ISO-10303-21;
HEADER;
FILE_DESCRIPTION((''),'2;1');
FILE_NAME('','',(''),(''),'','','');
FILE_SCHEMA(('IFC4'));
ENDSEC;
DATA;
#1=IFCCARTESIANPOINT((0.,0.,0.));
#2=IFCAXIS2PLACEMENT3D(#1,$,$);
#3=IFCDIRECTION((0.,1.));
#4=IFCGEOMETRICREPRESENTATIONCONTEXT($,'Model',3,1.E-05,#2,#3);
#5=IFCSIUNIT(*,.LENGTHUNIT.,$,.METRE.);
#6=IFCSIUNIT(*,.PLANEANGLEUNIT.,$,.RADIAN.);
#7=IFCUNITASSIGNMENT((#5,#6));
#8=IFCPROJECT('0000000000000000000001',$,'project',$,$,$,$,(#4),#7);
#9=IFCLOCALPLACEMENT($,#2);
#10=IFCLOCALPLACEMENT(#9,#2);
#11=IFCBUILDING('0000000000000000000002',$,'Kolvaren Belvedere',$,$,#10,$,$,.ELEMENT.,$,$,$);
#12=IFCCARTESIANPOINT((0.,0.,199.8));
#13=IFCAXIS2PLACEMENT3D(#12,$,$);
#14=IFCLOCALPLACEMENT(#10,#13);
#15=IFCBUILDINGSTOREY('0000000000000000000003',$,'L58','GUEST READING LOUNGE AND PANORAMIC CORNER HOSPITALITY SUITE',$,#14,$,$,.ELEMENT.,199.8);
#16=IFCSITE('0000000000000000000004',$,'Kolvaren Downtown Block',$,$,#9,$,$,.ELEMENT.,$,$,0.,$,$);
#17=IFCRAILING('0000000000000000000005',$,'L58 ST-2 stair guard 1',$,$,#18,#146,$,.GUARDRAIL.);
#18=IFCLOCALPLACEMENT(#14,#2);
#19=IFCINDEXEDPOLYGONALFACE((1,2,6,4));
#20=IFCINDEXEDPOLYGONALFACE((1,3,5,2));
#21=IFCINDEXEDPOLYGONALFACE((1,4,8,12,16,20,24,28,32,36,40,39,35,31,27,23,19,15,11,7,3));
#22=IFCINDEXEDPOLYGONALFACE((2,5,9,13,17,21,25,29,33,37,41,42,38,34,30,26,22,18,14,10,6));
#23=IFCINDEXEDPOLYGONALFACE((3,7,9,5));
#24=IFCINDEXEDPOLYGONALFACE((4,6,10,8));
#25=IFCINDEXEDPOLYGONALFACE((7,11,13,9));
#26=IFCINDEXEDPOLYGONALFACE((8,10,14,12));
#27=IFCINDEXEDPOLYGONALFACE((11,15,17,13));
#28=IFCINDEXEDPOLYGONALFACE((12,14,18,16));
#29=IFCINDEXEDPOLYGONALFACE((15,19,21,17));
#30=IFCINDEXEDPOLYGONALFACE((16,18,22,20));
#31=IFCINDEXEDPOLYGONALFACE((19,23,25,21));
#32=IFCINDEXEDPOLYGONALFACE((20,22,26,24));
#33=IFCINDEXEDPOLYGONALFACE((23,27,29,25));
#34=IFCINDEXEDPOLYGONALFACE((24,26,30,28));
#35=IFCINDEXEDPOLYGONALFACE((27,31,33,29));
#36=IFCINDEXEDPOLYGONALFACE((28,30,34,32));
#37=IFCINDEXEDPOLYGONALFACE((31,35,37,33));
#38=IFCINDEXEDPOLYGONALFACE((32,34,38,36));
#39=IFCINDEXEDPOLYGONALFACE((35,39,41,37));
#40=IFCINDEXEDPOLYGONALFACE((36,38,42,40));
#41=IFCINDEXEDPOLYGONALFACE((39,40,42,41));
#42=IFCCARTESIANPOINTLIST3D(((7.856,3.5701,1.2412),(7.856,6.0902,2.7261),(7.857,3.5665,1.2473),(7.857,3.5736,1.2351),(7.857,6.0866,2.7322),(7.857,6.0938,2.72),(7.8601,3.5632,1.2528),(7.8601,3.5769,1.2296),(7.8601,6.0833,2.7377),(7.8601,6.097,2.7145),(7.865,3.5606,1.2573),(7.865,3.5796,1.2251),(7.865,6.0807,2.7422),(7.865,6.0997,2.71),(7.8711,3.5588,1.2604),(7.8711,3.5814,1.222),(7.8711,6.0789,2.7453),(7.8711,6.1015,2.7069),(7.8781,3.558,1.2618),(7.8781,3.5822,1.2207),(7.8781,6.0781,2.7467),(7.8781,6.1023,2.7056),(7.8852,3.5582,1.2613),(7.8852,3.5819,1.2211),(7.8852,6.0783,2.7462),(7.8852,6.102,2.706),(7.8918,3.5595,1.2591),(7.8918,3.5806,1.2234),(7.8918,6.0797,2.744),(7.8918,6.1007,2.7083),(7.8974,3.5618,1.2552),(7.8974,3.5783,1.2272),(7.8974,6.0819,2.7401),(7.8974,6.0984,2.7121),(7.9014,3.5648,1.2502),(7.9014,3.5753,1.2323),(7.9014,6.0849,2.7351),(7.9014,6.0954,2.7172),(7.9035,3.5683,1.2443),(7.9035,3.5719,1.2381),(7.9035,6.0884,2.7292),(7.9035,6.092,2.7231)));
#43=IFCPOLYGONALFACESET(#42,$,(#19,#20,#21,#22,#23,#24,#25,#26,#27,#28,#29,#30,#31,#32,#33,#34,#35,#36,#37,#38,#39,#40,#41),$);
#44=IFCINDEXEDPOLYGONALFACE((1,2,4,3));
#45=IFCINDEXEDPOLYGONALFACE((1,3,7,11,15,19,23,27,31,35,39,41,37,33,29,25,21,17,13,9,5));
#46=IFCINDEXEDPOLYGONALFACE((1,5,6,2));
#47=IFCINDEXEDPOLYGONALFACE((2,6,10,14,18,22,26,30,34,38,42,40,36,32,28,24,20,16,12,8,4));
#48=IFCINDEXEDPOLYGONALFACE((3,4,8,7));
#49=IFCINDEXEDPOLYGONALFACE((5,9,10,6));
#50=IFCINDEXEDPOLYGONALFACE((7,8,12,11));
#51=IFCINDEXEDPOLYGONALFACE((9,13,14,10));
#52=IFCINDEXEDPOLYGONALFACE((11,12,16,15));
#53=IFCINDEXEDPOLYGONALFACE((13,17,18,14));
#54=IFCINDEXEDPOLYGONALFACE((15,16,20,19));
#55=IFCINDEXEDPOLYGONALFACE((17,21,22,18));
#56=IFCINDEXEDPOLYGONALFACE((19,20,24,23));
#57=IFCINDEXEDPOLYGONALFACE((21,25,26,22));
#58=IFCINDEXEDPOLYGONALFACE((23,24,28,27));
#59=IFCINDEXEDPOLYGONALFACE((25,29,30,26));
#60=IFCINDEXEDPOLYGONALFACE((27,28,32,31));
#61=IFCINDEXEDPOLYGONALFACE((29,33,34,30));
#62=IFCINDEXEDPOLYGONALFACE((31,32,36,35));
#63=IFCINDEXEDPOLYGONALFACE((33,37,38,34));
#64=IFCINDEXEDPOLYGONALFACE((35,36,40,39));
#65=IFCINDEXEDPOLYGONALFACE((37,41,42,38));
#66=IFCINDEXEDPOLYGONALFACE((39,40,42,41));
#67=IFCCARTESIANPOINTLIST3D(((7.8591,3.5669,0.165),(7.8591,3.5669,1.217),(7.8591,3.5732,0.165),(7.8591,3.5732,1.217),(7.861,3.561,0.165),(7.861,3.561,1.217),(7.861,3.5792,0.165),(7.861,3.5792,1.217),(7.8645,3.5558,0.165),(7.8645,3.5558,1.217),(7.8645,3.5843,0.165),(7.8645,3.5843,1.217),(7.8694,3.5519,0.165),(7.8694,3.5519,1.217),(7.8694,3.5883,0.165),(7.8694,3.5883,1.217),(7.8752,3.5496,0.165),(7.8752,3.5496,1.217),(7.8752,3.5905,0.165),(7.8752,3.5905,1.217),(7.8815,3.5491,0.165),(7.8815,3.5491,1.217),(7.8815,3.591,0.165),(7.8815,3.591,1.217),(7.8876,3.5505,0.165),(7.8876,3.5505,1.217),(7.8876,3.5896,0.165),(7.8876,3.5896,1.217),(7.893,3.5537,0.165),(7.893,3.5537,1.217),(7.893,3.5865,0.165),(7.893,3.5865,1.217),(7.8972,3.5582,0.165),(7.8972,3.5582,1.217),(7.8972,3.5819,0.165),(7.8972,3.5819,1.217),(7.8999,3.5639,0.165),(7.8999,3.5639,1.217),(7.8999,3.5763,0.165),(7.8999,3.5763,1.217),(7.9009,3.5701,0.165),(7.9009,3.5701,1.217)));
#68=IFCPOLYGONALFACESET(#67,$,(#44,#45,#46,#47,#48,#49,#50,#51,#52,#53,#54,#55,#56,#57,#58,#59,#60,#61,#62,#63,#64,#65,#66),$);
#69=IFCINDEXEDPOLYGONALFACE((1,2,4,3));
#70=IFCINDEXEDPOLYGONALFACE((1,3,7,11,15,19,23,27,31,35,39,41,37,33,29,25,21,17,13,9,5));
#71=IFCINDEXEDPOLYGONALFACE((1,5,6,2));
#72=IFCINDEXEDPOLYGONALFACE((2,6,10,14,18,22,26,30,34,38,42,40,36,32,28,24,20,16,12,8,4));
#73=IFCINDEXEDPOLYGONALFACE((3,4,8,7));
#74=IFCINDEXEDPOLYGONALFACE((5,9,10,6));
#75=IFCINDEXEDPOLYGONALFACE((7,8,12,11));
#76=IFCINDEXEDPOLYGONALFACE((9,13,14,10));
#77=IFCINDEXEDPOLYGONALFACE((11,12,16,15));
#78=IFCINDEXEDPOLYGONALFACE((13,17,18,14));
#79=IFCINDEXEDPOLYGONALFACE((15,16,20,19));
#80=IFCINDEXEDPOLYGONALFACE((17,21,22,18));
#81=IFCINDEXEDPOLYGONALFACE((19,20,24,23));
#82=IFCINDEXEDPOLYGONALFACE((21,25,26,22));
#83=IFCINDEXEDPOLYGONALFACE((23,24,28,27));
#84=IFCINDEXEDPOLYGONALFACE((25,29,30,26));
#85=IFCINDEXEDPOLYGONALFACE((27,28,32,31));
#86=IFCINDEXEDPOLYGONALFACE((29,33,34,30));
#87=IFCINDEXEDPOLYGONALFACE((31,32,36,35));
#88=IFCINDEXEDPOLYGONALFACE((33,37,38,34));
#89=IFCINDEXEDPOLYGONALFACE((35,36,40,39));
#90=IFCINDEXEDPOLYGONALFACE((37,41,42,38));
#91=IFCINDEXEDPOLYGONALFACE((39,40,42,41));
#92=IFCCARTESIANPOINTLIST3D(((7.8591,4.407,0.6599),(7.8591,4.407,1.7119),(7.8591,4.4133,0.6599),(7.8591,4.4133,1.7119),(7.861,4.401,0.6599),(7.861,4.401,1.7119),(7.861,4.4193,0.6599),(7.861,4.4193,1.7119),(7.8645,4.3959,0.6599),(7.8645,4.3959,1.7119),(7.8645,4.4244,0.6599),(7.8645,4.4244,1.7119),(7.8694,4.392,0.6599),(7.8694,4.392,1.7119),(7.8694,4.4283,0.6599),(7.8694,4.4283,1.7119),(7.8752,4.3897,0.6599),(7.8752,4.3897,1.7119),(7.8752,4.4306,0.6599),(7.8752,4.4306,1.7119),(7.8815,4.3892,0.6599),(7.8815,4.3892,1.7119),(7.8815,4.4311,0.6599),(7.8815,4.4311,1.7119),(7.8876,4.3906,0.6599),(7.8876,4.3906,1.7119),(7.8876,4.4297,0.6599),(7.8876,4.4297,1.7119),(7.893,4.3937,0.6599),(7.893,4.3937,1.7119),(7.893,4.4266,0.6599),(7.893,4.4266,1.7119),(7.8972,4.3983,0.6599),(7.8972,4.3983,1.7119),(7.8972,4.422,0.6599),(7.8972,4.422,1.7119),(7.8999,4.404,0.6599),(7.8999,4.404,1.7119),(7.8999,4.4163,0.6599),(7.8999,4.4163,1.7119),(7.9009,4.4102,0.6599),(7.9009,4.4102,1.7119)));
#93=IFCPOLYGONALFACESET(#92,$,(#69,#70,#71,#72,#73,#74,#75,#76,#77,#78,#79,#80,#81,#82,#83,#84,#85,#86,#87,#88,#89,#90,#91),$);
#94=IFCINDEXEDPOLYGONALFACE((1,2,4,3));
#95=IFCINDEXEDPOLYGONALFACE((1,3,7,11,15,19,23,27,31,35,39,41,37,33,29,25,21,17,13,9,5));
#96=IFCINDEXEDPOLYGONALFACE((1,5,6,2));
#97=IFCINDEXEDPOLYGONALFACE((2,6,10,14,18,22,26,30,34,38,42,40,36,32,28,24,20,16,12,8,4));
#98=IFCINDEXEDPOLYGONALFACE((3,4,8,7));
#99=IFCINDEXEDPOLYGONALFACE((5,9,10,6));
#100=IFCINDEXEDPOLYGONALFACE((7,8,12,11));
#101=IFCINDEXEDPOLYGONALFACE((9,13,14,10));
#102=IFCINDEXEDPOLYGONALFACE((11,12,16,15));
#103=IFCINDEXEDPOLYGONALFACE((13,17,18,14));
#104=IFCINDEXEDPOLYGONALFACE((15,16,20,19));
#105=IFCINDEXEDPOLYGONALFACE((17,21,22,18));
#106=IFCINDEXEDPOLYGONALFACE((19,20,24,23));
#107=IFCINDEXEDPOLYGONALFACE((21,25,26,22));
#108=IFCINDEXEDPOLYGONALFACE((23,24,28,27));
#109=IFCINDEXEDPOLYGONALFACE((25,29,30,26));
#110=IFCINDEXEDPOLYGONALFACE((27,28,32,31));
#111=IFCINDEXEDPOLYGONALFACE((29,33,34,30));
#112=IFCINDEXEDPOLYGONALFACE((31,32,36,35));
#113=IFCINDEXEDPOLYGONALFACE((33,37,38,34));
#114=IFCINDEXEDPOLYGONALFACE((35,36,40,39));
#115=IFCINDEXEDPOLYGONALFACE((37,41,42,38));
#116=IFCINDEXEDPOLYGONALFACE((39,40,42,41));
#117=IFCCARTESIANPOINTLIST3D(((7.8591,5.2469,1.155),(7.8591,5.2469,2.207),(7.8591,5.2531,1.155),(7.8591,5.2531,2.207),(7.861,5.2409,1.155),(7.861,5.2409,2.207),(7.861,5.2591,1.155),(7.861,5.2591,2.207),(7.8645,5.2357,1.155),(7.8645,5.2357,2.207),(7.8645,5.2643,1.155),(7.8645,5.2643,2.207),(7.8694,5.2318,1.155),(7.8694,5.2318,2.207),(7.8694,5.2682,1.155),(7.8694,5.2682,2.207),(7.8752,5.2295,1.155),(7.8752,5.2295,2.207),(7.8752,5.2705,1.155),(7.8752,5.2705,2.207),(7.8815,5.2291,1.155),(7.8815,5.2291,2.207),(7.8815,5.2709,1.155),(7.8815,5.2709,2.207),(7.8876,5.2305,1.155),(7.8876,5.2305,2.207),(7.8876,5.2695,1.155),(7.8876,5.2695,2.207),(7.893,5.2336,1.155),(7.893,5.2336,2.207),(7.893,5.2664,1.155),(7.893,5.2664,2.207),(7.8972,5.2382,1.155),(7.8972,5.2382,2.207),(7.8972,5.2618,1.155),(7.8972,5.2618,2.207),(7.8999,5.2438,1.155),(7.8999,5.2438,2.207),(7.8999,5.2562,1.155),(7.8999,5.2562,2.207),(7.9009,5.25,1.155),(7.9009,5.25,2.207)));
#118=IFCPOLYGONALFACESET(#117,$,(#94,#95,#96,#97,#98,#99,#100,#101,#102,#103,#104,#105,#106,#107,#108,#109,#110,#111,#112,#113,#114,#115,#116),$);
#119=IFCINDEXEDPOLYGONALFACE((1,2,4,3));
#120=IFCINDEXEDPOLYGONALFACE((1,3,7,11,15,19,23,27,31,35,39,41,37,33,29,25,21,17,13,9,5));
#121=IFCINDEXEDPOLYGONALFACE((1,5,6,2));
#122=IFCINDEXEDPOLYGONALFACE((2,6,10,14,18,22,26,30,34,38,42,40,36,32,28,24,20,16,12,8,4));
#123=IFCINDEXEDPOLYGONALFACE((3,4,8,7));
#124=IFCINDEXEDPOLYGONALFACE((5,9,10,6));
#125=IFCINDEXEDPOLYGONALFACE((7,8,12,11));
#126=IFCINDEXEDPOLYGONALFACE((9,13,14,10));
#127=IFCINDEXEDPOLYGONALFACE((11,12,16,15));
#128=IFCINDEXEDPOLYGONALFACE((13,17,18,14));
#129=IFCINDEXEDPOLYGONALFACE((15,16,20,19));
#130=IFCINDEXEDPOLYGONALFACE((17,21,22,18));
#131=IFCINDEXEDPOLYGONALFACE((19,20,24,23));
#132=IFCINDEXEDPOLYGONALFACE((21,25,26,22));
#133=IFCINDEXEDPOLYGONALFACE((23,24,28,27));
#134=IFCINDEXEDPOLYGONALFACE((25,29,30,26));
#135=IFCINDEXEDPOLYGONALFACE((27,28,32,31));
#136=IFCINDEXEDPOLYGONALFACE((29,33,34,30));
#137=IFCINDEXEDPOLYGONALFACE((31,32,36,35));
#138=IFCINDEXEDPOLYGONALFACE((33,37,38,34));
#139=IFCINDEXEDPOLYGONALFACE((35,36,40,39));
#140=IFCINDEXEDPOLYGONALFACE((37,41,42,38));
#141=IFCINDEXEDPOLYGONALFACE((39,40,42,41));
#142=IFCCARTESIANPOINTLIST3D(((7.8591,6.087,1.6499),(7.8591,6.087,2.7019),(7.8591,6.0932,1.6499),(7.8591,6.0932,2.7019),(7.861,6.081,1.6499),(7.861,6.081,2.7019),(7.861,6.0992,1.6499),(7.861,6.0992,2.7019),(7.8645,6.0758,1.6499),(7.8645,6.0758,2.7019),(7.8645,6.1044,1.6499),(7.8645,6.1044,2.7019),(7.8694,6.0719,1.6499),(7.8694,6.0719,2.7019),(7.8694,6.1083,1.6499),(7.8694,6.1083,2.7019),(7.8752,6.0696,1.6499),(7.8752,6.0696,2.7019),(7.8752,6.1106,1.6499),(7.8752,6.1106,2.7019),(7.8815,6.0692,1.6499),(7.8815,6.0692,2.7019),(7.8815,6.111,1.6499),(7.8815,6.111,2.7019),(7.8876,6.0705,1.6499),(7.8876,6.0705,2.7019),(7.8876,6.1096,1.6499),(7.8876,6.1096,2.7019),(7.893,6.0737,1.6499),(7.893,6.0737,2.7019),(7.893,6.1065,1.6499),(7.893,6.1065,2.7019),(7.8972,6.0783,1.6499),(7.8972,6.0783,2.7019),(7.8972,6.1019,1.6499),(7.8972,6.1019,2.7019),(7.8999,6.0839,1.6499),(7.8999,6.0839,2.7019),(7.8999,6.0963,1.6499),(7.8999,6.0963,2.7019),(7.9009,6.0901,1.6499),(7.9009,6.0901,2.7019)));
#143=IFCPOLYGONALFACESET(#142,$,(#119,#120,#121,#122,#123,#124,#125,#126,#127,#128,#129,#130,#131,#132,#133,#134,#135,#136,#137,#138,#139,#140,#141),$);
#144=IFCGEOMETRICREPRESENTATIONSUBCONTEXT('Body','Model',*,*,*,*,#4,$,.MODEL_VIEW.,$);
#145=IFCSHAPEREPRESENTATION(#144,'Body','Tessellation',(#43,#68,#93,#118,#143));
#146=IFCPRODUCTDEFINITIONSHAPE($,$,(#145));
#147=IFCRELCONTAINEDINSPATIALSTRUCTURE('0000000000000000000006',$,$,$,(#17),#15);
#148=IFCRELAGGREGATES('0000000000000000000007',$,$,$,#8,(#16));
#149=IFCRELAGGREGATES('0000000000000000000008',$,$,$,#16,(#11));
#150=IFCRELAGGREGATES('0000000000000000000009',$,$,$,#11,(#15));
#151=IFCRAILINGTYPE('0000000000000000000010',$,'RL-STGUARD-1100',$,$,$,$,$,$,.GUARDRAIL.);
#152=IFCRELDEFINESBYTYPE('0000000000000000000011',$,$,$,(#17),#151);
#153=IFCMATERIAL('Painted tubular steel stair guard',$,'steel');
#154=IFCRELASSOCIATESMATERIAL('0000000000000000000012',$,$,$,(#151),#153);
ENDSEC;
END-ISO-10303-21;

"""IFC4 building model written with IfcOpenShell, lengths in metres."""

from ifc_helpers import new_model, si_unit, direction, frame, origin, origin_2d, place, context, subcontext, project, spatial, circle, extrude, material, type_object, element, save


model = new_model("IFC4")

# Units and contexts
model_context = context("Model", 3, precision=1e-05, world=origin(), true_north=direction((0.0, 1.0)))
body_context = subcontext(model_context, "Body", "Model", "MODEL_VIEW")
ifc_project = project(units=[si_unit("LENGTHUNIT", "METRE"), si_unit("PLANEANGLEUNIT", "RADIAN")], contexts=[model_context])

# Site, building, storey
site_placement = place(None, origin())
site = spatial("IfcSite", under=ifc_project, at=site_placement, Name="Kolvaren Downtown Block", CompositionType="ELEMENT", RefElevation=0.0)
building_placement = place(site_placement, origin())
building = spatial("IfcBuilding", under=site, at=building_placement, Name="Kolvaren Belvedere", CompositionType="ELEMENT")
storey_placement = place(building_placement, frame((0.0, 0.0, 199.8)))
storey = spatial("IfcBuildingStorey", under=building, at=storey_placement, Name="L58", Description="GUEST READING LOUNGE AND PANORAMIC CORNER HOSPITALITY SUITE", CompositionType="ELEMENT", Elevation=199.8)

# Railing
ifc_material_1 = material(Name="Painted tubular steel stair guard", Category="steel")
railing_type_1 = type_object("IfcRailingType", Name="RL-STGUARD-1100", PredefinedType="GUARDRAIL", material=ifc_material_1)
railing_1_placement = place(storey_placement, frame((7.8799, 3.5701, 0.165)))
element("IfcRailing", 1, at=railing_1_placement, inside=storey, type_object=railing_type_1, Name="L58 ST-2 stair guard 1", PredefinedType="GUARDRAIL", context=body_context, shape_type="SweptSolid", body=[
    extrude(circle(Radius=0.0239, at=origin_2d()), frame((0.0, 0.0, 1.0762), z_axis=(0.0, 0.861561, 0.507655), x_axis=(-1.0, 0.0, 0.0)), (0.0, 0.0, 1.0), 2.925),
    extrude(circle(Radius=0.021, at=origin_2d()), origin(), (0.0, 0.0, 1.0), 1.052),
    extrude(circle(Radius=0.021, at=origin_2d()), frame((0.0, 0.8401, 0.4949)), (0.0, 0.0, 1.0), 1.052),
    extrude(circle(Radius=0.021, at=origin_2d()), frame((0.0, 1.6799, 0.99)), (0.0, 0.0, 1.0), 1.052),
    extrude(circle(Radius=0.021, at=origin_2d()), frame((0.0, 2.52, 1.4849)), (0.0, 0.0, 1.0), 1.052),
])

save(model, "model.ifc")
